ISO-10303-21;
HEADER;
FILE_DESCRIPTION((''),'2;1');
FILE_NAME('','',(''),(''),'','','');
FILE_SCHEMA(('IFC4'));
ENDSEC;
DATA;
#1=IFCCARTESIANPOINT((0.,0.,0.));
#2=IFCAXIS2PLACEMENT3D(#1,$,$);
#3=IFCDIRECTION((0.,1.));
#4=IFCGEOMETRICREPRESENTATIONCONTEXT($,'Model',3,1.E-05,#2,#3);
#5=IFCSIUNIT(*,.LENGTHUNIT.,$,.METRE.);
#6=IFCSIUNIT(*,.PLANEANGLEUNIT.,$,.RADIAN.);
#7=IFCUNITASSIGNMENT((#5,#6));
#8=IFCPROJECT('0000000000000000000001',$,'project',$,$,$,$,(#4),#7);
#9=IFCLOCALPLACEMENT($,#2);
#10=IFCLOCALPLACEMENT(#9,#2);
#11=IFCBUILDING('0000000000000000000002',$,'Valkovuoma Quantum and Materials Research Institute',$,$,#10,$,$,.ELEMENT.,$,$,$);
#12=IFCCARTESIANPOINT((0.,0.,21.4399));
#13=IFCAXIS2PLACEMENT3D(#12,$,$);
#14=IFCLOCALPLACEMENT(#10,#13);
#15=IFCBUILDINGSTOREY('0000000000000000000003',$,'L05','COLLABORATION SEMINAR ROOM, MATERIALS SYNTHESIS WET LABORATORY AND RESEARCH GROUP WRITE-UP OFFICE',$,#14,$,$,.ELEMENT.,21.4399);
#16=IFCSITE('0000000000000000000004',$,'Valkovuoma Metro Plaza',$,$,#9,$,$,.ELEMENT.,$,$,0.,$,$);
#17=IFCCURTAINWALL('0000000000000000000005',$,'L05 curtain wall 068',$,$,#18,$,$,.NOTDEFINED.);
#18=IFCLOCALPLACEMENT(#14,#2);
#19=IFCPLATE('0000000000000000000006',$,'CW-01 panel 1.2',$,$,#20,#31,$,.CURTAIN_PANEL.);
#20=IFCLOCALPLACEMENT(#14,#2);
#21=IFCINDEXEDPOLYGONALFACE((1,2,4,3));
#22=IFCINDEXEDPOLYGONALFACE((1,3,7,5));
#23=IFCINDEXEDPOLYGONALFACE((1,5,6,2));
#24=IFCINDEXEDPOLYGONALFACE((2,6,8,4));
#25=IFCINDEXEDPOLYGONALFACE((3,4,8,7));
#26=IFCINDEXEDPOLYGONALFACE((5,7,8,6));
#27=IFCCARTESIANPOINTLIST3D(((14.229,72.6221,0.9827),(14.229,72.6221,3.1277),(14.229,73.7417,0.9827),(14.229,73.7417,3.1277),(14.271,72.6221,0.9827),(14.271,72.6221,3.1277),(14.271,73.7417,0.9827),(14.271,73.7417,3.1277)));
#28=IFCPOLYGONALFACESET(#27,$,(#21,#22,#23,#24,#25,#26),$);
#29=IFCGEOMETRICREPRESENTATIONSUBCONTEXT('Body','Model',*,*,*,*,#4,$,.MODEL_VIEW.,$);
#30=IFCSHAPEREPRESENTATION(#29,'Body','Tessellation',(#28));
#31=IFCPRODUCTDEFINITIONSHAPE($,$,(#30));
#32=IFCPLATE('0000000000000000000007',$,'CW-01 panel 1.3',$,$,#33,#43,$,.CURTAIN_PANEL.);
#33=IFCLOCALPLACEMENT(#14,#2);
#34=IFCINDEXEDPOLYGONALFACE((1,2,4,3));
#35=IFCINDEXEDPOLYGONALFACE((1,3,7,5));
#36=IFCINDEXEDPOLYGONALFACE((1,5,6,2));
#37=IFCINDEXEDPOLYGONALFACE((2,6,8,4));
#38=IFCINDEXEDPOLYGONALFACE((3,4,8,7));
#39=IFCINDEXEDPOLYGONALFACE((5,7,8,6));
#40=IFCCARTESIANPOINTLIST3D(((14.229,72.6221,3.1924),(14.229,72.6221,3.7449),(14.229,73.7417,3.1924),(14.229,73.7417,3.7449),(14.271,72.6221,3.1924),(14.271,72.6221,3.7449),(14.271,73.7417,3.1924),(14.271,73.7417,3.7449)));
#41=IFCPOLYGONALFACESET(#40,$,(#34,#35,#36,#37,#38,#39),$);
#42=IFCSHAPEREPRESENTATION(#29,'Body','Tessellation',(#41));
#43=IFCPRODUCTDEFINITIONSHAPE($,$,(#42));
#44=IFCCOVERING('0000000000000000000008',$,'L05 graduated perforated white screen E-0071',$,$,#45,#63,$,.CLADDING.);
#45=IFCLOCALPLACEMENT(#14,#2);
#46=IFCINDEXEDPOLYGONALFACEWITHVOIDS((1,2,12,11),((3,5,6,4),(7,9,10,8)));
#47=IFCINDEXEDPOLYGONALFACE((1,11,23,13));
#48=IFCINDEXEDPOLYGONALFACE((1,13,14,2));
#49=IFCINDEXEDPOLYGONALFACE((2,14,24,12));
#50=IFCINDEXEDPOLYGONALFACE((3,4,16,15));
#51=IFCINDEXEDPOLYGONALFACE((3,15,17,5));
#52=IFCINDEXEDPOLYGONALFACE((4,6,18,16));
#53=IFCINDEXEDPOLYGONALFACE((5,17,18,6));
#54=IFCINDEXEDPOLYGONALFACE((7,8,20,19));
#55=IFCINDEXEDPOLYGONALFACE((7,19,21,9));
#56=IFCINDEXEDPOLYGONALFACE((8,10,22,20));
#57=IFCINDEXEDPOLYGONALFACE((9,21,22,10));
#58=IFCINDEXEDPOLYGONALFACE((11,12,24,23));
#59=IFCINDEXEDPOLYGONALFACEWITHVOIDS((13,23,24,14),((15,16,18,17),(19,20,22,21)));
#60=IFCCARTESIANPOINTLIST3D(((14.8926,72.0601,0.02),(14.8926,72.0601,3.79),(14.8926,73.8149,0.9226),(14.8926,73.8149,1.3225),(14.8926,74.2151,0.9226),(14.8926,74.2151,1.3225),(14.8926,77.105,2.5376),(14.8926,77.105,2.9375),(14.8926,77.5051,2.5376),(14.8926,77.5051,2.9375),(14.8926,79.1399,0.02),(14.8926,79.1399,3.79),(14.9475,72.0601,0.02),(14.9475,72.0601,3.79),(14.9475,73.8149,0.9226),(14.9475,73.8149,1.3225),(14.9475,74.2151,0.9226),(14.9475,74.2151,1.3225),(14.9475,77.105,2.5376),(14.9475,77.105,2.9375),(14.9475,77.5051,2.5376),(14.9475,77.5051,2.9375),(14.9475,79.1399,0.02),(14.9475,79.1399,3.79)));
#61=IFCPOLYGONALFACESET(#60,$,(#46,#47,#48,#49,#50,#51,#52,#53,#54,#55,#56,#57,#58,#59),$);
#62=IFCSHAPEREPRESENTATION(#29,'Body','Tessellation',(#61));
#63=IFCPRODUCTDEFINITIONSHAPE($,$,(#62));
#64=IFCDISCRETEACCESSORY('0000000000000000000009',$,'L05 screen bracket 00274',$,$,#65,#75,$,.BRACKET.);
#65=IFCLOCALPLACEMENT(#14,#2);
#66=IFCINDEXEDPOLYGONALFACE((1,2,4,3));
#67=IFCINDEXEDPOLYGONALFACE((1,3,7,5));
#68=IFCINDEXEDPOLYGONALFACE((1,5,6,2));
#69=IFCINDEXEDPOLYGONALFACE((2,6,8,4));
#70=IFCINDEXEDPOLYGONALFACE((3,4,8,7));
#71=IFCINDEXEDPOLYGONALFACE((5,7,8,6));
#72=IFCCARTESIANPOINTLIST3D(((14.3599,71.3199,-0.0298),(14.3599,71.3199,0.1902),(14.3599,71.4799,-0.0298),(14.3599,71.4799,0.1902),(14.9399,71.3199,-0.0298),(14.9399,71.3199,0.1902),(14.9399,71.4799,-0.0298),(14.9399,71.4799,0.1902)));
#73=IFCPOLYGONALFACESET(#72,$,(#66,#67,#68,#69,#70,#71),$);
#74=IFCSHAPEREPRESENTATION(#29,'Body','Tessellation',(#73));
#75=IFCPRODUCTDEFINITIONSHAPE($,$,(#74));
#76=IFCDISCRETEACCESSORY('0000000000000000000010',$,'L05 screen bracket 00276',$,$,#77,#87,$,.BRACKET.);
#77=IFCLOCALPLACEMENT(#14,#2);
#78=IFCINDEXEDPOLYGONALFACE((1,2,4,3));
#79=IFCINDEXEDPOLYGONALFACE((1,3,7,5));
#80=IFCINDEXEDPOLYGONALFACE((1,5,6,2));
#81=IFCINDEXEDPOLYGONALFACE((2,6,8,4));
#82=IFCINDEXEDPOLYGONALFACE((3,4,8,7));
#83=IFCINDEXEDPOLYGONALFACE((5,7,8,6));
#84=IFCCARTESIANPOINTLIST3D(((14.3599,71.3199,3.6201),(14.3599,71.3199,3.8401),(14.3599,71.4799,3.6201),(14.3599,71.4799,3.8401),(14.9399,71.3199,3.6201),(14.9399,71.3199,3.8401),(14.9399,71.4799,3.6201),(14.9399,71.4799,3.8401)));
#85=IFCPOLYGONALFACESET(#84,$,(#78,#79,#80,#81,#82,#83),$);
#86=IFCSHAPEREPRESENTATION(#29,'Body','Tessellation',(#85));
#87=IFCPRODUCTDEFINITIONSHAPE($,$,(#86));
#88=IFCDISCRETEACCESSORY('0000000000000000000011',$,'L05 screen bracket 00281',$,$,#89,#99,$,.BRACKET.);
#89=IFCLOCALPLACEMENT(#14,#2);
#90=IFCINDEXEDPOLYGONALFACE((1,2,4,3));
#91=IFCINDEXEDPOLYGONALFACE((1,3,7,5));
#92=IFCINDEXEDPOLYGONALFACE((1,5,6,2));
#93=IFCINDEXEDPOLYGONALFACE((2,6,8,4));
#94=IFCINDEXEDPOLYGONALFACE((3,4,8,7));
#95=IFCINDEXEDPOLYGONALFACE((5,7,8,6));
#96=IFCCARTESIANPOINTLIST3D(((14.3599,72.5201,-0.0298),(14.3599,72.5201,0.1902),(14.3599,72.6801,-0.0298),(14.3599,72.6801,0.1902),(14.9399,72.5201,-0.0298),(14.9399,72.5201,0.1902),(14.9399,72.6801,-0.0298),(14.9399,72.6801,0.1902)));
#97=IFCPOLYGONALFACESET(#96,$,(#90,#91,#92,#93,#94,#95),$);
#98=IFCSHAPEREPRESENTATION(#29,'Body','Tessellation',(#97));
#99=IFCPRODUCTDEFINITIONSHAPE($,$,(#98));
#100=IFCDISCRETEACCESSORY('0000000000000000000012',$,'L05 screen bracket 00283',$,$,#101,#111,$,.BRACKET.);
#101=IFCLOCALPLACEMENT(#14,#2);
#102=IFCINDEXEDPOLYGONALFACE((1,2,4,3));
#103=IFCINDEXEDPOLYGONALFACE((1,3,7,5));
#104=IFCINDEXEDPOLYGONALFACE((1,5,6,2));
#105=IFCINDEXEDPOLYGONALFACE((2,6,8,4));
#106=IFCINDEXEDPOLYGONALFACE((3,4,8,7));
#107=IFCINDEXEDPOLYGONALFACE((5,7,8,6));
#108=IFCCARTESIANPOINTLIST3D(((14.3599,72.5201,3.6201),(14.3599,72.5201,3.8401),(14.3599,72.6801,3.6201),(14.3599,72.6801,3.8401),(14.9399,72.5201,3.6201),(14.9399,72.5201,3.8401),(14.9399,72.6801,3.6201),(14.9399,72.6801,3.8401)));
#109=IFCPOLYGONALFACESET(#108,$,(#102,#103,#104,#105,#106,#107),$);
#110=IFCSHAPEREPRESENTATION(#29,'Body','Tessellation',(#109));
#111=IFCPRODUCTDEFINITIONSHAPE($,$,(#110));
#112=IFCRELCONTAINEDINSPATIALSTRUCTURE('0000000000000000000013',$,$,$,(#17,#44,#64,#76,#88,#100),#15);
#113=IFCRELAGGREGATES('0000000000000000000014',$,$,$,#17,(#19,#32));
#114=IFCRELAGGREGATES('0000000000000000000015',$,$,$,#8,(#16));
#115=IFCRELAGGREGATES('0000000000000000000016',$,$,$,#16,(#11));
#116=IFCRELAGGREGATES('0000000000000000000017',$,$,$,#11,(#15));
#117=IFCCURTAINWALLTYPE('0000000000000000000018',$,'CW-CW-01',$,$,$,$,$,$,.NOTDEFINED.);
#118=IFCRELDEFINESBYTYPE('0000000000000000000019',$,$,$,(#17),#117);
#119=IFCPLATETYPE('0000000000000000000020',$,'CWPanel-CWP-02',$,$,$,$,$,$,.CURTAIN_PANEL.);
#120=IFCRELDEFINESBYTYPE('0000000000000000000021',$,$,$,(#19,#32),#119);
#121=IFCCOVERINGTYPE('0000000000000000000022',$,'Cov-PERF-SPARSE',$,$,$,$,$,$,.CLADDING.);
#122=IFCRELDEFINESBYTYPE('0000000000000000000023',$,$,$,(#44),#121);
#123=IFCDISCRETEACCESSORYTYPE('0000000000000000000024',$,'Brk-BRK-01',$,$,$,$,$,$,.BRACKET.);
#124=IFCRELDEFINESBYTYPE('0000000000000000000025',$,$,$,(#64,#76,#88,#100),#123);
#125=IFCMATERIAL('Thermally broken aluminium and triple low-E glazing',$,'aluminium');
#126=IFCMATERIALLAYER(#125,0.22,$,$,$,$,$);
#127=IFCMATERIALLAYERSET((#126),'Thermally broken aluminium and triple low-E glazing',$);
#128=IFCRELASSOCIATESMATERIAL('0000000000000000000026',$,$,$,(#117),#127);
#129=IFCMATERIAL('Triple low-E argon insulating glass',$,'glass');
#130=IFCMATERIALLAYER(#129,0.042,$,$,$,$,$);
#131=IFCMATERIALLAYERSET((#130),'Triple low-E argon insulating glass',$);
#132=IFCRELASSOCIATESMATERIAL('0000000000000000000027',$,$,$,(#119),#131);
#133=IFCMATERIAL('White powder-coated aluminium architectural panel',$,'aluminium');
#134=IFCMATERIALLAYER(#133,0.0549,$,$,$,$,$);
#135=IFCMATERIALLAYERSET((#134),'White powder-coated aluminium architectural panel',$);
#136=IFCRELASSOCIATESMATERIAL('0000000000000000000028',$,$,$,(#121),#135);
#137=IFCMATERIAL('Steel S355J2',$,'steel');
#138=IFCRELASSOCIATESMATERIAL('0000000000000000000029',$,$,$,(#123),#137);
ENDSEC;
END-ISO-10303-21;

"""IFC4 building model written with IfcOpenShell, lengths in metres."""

from ifc_helpers import new_model, si_unit, direction, frame, origin, origin_2d, place, context, subcontext, project, spatial, polyline, rectangle, outline, extrude, material, layer, layer_set, type_object, element, aggregate, save


model = new_model("IFC4")

# Units and contexts
model_context = context("Model", 3, precision=1e-05, world=origin(), true_north=direction((0.0, 1.0)))
body_context = subcontext(model_context, "Body", "Model", "MODEL_VIEW")
ifc_project = project(units=[si_unit("LENGTHUNIT", "METRE"), si_unit("PLANEANGLEUNIT", "RADIAN")], contexts=[model_context])

# Site, building, storey
site_placement = place(None, origin())
site = spatial("IfcSite", under=ifc_project, at=site_placement, Name="Valkovuoma Metro Plaza", CompositionType="ELEMENT", RefElevation=0.0)
building_placement = place(site_placement, origin())
building = spatial("IfcBuilding", under=site, at=building_placement, Name="Valkovuoma Quantum and Materials Research Institute", CompositionType="ELEMENT")
storey_placement = place(building_placement, frame((0.0, 0.0, 21.4399)))
storey = spatial("IfcBuildingStorey", under=building, at=storey_placement, Name="L05", Description="COLLABORATION SEMINAR ROOM, MATERIALS SYNTHESIS WET LABORATORY AND RESEARCH GROUP WRITE-UP OFFICE", CompositionType="ELEMENT", Elevation=21.4399)

# Shared definitions
ifc_material_1 = material(Name="Thermally broken aluminium and triple low-E glazing", Category="aluminium")
ifc_layer_1 = layer(ifc_material_1, 0.22)
ifc_layer_set_1 = layer_set([ifc_layer_1], Name="Thermally broken aluminium and triple low-E glazing")
curtain_wall_type = type_object("IfcCurtainWallType", Name="CW-CW-01", PredefinedType="NOTDEFINED", material=ifc_layer_set_1)

# Curtain wall
curtain_wall_1_placement = place(storey_placement, origin())
curtain_wall_1 = element("IfcCurtainWall", 1, at=curtain_wall_1_placement, inside=storey, type_object=curtain_wall_type, Name="L05 curtain wall 068", PredefinedType="NOTDEFINED")

# Plates
ifc_material_2 = material(Name="Triple low-E argon insulating glass", Category="glass")
ifc_layer_2 = layer(ifc_material_2, 0.042)
ifc_layer_set_2 = layer_set([ifc_layer_2], Name="Triple low-E argon insulating glass")
plate_type = type_object("IfcPlateType", Name="CWPanel-CWP-02", PredefinedType="CURTAIN_PANEL", material=ifc_layer_set_2)
plate_1_placement = place(storey_placement, frame((14.25, 73.1819, 0.9827), z_axis=(0.0, 0.0, 1.0), x_axis=(0.0, 1.0, 0.0)))
plate_1 = element("IfcPlate", 2, at=plate_1_placement, type_object=plate_type, Name="CW-01 panel 1.2", PredefinedType="CURTAIN_PANEL", context=body_context, shape_type="SweptSolid", body=[
    extrude(rectangle(XDim=1.1196, YDim=0.042, at=origin_2d()), origin(), (0.0, 0.0, 1.0), 2.145),
])
plate_2_placement = place(storey_placement, frame((14.25, 73.1819, 3.1924), z_axis=(0.0, 0.0, 1.0), x_axis=(0.0, 1.0, 0.0)))
plate_2 = element("IfcPlate", 3, at=plate_2_placement, type_object=plate_type, Name="CW-01 panel 1.3", PredefinedType="CURTAIN_PANEL", context=body_context, shape_type="SweptSolid", body=[
    extrude(rectangle(XDim=1.1196, YDim=0.042, at=origin_2d()), origin(), (0.0, 0.0, 1.0), 0.5525),
])
aggregate(curtain_wall_1, [plate_1, plate_2])

# Covering
ifc_material_3 = material(Name="White powder-coated aluminium architectural panel", Category="aluminium")
ifc_layer_3 = layer(ifc_material_3, 0.0549)
ifc_layer_set_3 = layer_set([ifc_layer_3], Name="White powder-coated aluminium architectural panel")
covering_type = type_object("IfcCoveringType", Name="Cov-PERF-SPARSE", PredefinedType="CLADDING", material=ifc_layer_set_3)
covering_placement = place(storey_placement, frame((14.9199, 72.0601, 0.02), z_axis=(0.0, 0.0, 1.0), x_axis=(0.0, 1.0, 0.0)))
element("IfcCovering", 4, at=covering_placement, inside=storey, type_object=covering_type, Name="L05 graduated perforated white screen E-0071", PredefinedType="CLADDING", context=body_context, shape_type="SweptSolid", body=[
    extrude(outline(polyline([(0.0, 0.0), (7.0798, 0.0), (7.0798, 3.77), (0.0, 3.77), (0.0, 0.0)]), holes=[polyline([(1.7549, 0.9026), (1.7549, 1.3025), (2.155, 1.3025), (2.155, 0.9026), (1.7549, 0.9026)]), polyline([(5.0449, 2.5176), (5.0449, 2.9175), (5.4451, 2.9175), (5.4451, 2.5176), (5.0449, 2.5176)])]), frame((0.0, 0.0273, 0.0), z_axis=(0.0, -1.0, 0.0), x_axis=(1.0, 0.0, 0.0)), (0.0, 0.0, 1.0), 0.0549),
])

# Discrete accessories
ifc_material_4 = material(Name="Steel S355J2", Category="steel")
discrete_accessory_type = type_object("IfcDiscreteAccessoryType", Name="Brk-BRK-01", PredefinedType="BRACKET", material=ifc_material_4)
for number, where, z_axis, x_axis, name in (
    (5, (14.6499, 71.3999, -0.0298), (0.0, 0.0, 1.0), (1.0, 0.0, 0.0), "L05 screen bracket 00274"),
    (6, (14.6499, 71.3999, 3.6201), (0.0, 0.0, 1.0), (1.0, 0.0, 0.0), "L05 screen bracket 00276"),
    (7, (14.6499, 72.6001, -0.0298), (0.0, 0.0, 1.0), (1.0, 0.0, 0.0), "L05 screen bracket 00281"),
    (8, (14.6499, 72.6001, 3.6201), (0.0, 0.0, 1.0), (1.0, 0.0, 0.0), "L05 screen bracket 00283"),
):
    element("IfcDiscreteAccessory", number, at=place(storey_placement, frame(where, z_axis=z_axis, x_axis=x_axis)), inside=storey, type_object=discrete_accessory_type, Name=name, PredefinedType="BRACKET", context=body_context, shape_type="SweptSolid", body=[
        extrude(rectangle(XDim=0.5801, YDim=0.1599, at=origin_2d()), origin(), (0.0, 0.0, 1.0), 0.22),
    ])

save(model, "model.ifc")
